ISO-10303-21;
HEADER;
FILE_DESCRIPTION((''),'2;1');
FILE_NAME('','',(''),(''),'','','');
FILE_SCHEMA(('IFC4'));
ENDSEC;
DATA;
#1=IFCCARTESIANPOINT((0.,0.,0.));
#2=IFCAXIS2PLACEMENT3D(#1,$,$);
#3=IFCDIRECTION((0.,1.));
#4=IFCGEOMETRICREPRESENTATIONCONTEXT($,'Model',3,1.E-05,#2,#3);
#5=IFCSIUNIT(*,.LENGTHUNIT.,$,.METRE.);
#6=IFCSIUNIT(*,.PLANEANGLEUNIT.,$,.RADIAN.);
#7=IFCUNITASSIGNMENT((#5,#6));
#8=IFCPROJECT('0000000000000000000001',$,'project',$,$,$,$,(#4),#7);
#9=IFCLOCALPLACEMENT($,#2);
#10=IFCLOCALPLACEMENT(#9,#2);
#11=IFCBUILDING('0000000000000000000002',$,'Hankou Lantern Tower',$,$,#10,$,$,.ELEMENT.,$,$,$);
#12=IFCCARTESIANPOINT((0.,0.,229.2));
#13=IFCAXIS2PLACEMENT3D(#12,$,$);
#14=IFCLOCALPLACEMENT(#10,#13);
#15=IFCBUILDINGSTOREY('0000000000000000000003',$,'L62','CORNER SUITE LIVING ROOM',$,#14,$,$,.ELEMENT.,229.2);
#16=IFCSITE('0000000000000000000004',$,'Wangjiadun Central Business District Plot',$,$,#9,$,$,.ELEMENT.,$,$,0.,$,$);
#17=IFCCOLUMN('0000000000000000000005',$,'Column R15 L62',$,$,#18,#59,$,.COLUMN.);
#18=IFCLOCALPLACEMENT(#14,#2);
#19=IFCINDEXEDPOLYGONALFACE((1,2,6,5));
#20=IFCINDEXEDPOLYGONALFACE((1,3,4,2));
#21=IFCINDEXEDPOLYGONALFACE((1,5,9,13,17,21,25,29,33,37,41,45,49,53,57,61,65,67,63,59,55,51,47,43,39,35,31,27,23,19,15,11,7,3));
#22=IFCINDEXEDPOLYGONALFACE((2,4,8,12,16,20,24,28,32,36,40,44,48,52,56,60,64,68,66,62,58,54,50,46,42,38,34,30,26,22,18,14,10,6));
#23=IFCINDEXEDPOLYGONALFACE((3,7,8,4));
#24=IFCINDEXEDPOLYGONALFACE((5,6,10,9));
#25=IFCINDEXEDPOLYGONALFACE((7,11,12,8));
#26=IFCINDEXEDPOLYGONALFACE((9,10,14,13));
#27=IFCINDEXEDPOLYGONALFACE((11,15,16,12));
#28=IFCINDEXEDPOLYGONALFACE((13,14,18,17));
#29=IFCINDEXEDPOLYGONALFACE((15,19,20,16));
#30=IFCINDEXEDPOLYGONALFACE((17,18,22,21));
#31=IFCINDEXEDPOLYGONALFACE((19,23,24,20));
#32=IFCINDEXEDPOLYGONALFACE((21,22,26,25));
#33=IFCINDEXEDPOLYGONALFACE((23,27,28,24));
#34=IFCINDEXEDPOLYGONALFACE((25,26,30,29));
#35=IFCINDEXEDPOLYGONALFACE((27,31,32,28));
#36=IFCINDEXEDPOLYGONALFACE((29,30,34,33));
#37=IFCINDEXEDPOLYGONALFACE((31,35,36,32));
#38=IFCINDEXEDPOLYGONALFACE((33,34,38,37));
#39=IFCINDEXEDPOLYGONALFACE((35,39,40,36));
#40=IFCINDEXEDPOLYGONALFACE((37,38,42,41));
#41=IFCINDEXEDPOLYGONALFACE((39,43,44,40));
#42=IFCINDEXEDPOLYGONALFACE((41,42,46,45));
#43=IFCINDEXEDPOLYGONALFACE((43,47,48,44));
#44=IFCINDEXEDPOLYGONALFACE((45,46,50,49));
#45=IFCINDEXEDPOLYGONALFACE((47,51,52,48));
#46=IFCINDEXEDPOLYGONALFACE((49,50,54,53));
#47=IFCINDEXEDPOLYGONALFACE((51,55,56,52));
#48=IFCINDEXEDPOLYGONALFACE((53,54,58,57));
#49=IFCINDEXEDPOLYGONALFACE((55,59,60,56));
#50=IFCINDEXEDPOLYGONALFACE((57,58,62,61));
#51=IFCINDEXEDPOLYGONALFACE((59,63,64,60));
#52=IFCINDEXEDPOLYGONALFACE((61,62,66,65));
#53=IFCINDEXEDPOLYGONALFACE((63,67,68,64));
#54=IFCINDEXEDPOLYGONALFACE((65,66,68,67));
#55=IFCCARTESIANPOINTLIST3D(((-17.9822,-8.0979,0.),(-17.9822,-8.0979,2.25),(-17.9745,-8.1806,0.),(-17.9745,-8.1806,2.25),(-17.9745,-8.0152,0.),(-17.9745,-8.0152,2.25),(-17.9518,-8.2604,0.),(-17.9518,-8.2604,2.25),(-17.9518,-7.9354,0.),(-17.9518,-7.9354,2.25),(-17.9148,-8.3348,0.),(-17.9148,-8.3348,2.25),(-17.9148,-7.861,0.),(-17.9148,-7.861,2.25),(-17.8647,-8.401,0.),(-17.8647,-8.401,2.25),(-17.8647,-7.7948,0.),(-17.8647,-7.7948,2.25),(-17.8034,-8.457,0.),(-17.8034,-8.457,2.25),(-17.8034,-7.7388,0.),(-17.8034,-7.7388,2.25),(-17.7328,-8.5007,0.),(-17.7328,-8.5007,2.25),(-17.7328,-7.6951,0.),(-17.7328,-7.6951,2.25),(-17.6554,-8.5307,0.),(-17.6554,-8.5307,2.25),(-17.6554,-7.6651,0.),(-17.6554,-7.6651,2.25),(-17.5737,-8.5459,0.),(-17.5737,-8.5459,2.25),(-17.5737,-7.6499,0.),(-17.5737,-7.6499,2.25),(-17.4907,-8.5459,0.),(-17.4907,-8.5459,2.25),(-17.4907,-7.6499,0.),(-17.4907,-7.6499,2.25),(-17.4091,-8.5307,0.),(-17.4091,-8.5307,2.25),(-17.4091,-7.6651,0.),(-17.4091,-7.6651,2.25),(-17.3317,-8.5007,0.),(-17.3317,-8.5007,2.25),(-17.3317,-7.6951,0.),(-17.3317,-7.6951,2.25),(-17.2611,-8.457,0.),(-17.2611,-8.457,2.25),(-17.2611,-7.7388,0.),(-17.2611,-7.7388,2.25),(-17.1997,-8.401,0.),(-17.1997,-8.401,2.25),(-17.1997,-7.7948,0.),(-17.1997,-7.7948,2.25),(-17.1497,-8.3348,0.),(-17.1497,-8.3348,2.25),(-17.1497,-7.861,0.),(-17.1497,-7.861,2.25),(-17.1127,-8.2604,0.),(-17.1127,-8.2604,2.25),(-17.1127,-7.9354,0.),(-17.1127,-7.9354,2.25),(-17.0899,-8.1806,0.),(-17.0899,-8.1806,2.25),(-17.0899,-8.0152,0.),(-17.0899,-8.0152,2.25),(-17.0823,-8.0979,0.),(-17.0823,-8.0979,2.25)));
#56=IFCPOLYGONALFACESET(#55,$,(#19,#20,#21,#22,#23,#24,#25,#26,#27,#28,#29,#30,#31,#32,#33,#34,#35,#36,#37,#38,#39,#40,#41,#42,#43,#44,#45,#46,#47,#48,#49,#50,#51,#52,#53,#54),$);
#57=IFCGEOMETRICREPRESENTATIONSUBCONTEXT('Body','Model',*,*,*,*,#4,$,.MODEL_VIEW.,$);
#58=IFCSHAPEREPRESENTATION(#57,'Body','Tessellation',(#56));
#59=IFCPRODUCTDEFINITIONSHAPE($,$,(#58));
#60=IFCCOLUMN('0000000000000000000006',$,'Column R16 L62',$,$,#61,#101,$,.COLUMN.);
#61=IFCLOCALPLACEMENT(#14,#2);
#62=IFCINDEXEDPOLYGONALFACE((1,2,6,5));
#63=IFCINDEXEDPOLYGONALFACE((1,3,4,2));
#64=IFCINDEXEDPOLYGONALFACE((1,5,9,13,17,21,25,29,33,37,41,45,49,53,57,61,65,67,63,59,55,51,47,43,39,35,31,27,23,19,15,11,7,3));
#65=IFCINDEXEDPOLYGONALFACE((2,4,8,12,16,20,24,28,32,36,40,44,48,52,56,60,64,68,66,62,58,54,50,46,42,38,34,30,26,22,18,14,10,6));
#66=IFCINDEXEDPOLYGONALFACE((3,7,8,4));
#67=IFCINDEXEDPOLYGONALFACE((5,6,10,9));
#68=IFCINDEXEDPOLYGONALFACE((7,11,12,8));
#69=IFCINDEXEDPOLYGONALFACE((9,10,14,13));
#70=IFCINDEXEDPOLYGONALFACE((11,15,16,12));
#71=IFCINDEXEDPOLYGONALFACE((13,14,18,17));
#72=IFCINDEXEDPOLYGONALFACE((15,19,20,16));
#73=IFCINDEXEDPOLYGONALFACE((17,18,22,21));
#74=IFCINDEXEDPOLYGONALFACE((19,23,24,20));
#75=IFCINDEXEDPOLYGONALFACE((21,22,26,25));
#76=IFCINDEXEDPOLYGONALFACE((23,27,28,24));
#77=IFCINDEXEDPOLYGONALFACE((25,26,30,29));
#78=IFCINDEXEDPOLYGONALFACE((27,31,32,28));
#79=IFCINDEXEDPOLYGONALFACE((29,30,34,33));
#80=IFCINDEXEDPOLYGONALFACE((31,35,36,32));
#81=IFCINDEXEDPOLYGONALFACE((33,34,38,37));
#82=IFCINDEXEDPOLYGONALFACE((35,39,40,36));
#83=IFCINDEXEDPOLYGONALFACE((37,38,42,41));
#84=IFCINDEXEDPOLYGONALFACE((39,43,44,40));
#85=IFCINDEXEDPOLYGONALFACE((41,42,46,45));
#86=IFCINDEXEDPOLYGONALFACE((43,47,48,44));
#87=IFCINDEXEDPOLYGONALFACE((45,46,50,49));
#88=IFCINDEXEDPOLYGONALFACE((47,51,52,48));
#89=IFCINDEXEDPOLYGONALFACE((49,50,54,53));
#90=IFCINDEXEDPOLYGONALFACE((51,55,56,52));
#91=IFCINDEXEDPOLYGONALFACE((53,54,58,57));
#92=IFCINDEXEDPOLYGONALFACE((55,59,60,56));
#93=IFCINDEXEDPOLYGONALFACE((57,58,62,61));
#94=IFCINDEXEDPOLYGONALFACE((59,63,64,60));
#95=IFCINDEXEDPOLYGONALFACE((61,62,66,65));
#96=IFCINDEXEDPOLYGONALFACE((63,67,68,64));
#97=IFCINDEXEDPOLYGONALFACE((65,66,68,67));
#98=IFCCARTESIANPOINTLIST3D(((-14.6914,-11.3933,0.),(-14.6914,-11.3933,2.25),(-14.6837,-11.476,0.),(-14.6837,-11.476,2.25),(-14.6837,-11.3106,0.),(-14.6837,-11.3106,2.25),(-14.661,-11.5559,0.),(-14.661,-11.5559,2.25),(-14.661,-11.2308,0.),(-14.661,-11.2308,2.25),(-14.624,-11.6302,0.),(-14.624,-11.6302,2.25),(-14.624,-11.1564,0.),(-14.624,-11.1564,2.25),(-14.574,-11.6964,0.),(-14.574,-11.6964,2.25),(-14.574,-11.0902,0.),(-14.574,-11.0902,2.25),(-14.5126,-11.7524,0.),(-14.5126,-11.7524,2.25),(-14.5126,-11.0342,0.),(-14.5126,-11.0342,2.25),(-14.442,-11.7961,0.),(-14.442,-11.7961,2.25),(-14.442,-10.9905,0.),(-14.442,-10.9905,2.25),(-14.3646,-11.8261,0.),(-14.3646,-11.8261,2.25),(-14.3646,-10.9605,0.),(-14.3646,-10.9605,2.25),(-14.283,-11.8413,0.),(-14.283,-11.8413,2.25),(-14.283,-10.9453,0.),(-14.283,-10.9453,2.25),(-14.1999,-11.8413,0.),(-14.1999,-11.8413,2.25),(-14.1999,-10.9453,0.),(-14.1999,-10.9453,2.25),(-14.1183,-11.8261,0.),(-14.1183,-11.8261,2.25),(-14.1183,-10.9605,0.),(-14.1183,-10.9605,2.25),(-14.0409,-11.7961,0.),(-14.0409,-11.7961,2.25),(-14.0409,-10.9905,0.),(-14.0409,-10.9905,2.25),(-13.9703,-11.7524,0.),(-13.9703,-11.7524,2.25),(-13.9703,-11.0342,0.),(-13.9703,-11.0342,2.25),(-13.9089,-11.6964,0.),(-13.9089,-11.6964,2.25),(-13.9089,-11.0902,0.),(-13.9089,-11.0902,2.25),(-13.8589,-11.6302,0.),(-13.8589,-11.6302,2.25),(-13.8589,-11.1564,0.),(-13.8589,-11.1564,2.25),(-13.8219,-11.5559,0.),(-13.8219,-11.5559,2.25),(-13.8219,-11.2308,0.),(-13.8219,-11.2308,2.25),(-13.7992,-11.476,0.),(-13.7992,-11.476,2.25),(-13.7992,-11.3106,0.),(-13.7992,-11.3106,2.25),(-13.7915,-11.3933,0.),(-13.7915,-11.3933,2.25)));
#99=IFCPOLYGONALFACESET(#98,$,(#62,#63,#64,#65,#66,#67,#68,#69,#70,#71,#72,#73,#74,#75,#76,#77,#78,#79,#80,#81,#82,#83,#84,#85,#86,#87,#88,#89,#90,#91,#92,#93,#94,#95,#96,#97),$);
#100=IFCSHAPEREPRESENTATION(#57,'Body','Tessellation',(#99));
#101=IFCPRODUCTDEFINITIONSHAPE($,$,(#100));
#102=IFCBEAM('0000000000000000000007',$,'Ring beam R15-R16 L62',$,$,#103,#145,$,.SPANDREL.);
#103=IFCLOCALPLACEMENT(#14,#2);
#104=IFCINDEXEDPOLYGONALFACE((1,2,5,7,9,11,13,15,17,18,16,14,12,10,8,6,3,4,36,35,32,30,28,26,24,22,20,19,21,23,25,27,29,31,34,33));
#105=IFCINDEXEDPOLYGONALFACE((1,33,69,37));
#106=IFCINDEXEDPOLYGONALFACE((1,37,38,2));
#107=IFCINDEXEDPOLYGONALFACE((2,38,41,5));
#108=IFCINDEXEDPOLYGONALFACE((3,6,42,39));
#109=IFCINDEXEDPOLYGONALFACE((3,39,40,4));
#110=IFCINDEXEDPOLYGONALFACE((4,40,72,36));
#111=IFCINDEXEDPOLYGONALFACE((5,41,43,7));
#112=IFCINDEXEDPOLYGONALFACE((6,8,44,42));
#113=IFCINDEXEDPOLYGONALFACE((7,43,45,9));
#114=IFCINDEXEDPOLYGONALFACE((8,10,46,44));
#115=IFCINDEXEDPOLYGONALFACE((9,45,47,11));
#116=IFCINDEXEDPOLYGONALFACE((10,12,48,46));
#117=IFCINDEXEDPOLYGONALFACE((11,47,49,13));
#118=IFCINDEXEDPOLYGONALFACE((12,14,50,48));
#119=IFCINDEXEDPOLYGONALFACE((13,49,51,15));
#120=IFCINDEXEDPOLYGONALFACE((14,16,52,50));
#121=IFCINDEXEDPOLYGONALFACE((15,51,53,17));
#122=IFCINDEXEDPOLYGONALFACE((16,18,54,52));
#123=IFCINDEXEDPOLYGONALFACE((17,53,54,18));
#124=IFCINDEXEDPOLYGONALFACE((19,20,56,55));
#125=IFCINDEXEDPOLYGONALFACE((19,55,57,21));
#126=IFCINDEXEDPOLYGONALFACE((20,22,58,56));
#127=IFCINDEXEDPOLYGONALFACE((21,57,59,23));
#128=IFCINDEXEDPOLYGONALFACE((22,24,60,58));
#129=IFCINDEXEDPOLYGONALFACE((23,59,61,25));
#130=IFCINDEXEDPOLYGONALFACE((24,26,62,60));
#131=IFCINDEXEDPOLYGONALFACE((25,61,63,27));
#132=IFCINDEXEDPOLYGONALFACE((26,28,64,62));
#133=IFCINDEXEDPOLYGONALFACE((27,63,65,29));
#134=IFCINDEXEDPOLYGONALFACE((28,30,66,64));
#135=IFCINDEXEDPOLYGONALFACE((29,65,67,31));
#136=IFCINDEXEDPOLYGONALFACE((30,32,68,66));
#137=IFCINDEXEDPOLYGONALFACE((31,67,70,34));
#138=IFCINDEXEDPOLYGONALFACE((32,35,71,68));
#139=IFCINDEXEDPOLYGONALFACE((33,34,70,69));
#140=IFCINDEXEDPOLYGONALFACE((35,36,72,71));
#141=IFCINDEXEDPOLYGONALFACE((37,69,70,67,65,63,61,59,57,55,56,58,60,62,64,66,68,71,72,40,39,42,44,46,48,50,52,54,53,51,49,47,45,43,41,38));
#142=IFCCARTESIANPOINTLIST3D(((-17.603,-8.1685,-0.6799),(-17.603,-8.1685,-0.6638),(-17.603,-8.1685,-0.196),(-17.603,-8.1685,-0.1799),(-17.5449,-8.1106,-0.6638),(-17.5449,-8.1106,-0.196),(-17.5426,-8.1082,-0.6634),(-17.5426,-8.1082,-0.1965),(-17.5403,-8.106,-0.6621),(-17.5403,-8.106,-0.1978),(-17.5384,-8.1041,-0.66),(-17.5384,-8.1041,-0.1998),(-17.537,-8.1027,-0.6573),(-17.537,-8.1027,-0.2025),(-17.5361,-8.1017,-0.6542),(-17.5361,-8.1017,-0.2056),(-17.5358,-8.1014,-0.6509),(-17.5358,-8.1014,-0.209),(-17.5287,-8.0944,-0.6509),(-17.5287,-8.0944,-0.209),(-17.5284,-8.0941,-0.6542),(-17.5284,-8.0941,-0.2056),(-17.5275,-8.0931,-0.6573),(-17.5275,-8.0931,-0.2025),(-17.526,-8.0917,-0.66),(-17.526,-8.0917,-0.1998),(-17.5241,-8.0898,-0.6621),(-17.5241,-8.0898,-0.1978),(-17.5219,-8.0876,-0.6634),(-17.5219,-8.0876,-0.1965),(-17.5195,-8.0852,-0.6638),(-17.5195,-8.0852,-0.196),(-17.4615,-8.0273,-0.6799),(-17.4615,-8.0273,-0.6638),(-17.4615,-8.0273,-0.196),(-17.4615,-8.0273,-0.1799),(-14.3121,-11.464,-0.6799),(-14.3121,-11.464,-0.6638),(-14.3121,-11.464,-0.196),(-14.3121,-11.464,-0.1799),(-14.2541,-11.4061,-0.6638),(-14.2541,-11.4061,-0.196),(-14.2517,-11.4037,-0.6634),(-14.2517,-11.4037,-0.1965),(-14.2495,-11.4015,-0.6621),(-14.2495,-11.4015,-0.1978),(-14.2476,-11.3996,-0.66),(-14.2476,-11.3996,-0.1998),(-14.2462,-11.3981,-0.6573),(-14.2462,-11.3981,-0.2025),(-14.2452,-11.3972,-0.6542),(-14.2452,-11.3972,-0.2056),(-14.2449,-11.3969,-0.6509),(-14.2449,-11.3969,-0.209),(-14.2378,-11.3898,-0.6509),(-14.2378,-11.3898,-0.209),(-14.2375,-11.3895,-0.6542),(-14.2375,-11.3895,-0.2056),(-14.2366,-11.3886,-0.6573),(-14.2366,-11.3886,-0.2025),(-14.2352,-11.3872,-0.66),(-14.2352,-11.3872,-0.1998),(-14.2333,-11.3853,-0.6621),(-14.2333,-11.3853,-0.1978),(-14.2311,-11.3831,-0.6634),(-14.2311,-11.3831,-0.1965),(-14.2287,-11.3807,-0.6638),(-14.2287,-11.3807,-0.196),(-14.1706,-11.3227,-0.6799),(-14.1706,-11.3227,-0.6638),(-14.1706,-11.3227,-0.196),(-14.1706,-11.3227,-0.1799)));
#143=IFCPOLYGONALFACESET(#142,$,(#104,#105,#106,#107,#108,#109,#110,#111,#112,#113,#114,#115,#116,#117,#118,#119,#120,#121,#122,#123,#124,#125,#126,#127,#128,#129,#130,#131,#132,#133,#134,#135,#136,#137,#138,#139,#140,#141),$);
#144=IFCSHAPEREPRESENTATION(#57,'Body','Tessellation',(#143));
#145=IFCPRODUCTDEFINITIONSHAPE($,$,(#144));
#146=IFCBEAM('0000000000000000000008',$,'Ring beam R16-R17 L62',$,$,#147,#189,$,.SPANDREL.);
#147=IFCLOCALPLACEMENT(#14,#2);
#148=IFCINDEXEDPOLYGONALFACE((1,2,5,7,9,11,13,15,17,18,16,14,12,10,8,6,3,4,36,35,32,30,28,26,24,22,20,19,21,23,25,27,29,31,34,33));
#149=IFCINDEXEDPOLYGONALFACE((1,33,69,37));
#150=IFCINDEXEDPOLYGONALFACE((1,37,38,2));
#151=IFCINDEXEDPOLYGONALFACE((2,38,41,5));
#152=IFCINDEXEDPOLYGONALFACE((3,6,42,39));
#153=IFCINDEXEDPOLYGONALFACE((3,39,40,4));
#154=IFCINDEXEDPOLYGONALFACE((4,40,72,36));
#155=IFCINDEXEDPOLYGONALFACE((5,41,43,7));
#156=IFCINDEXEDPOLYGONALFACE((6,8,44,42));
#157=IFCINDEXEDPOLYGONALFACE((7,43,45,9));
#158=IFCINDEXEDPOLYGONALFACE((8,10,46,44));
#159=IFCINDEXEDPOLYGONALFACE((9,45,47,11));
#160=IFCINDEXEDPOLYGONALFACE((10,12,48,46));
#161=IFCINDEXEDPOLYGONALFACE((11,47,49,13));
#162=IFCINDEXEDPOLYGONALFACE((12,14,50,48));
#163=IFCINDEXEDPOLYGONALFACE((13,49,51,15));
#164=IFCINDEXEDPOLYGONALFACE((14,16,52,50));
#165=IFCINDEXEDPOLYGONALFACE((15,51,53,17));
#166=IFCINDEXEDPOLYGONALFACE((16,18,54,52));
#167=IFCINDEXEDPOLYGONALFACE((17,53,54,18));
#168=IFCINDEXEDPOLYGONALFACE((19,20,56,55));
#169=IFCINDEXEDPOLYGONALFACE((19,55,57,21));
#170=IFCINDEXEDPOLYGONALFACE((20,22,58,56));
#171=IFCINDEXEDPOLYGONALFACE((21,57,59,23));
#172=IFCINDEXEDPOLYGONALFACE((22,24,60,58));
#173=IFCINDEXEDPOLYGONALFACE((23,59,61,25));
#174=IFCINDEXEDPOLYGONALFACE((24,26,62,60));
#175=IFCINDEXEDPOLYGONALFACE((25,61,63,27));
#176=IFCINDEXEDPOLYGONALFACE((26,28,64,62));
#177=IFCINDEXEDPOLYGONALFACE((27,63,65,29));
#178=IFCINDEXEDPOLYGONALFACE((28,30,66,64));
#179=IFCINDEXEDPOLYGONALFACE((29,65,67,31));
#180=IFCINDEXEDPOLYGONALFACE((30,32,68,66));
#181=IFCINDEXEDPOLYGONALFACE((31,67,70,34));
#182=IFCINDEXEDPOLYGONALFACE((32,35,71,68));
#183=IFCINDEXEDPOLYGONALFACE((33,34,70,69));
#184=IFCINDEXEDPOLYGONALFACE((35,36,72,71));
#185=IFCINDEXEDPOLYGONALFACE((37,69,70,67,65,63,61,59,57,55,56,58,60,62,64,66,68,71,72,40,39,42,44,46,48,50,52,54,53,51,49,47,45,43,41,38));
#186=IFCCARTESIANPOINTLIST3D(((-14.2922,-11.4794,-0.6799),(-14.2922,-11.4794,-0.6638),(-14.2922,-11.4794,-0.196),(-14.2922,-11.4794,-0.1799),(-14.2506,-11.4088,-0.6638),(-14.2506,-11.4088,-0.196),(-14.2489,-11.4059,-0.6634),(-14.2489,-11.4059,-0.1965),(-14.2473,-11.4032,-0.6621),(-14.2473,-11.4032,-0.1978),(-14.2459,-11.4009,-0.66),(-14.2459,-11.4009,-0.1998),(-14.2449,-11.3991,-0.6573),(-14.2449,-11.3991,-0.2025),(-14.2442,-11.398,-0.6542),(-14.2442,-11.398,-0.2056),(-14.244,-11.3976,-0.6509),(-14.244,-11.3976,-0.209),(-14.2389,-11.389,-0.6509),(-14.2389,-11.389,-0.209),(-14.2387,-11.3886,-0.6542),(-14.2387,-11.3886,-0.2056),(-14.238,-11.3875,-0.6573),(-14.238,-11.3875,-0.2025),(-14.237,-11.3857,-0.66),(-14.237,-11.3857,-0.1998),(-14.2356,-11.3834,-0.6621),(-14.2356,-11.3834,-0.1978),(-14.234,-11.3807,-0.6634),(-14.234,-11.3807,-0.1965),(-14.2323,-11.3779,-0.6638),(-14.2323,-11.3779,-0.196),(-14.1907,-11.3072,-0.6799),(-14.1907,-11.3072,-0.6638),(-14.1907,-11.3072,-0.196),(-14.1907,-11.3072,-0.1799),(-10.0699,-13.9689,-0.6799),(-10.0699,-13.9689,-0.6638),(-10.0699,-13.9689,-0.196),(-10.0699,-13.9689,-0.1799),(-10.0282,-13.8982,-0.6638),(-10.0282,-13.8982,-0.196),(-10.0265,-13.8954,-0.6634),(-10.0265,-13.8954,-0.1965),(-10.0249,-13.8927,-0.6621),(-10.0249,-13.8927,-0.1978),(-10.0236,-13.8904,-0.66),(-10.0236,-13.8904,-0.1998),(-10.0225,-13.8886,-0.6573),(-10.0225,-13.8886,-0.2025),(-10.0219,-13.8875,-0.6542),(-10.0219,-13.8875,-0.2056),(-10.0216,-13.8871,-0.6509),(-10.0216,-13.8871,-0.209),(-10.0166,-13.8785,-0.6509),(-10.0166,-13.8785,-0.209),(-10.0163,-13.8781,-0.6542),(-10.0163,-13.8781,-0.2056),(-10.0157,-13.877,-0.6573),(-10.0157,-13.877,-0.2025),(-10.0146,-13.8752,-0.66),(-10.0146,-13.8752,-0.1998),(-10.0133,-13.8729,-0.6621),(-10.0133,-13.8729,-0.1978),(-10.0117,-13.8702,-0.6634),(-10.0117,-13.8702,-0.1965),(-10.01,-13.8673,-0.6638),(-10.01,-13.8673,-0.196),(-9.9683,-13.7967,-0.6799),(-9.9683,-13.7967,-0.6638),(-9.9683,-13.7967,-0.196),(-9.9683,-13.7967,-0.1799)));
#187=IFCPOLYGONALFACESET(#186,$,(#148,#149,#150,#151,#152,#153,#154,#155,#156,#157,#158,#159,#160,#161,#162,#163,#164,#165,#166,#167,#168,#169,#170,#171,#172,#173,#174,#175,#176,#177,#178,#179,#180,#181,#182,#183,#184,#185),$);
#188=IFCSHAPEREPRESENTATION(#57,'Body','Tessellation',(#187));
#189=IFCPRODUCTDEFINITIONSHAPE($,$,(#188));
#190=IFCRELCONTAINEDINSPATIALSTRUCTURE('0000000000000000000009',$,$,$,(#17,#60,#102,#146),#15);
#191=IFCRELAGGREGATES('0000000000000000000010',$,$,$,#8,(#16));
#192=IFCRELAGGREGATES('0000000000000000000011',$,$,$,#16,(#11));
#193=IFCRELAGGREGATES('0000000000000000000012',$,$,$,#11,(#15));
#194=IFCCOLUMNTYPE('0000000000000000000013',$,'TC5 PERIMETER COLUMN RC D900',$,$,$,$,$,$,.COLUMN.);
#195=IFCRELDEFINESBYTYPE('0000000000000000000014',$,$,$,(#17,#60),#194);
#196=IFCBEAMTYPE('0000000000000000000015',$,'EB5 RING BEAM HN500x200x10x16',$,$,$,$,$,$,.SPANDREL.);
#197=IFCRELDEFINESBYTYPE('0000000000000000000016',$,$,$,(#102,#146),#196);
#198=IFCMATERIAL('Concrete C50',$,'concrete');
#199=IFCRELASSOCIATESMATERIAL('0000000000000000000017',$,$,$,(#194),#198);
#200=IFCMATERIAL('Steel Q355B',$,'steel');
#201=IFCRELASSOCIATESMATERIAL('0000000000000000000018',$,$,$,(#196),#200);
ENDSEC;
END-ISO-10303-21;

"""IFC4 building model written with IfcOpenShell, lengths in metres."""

from ifc_helpers import new_model, si_unit, direction, frame, origin, origin_2d, place, context, subcontext, project, spatial, circle, i_section, extrude, clip, halfspace, material, material_profile, profile_set, type_object, element, save


model = new_model("IFC4")

# Units and contexts
model_context = context("Model", 3, precision=1e-05, world=origin(), true_north=direction((0.0, 1.0)))
body_context = subcontext(model_context, "Body", "Model", "MODEL_VIEW")
ifc_project = project(units=[si_unit("LENGTHUNIT", "METRE"), si_unit("PLANEANGLEUNIT", "RADIAN")], contexts=[model_context])

# Site, building, storey
site_placement = place(None, origin())
site = spatial("IfcSite", under=ifc_project, at=site_placement, Name="Wangjiadun Central Business District Plot", CompositionType="ELEMENT", RefElevation=0.0)
building_placement = place(site_placement, origin())
building = spatial("IfcBuilding", under=site, at=building_placement, Name="Hankou Lantern Tower", CompositionType="ELEMENT")
storey_placement = place(building_placement, frame((0.0, 0.0, 229.2)))
storey = spatial("IfcBuildingStorey", under=building, at=storey_placement, Name="L62", Description="CORNER SUITE LIVING ROOM", CompositionType="ELEMENT", Elevation=229.2)

# Columns
ifc_material_1 = material(Name="Concrete C50", Category="concrete")
ifc_material_profile_1 = material_profile(ifc_material_1, circle(Radius=0.45, at=origin_2d()), Name="RC D900")
ifc_profile_set_1 = profile_set([ifc_material_profile_1], Name="Concrete C50")
column_type = type_object("IfcColumnType", Name="TC5 PERIMETER COLUMN RC D900", PredefinedType="COLUMN", material=ifc_profile_set_1)
for number, where, z_axis, x_axis, name in (
    (1, (-17.5322, -8.0979, 0.0), (0.0, 0.0, 1.0), (1.0, 0.0, 0.0), "Column R15 L62"),
    (2, (-14.2415, -11.3933, 0.0), (0.0, 0.0, 1.0), (1.0, 0.0, 0.0), "Column R16 L62"),
):
    element("IfcColumn", number, at=place(storey_placement, frame(where, z_axis=z_axis, x_axis=x_axis)), inside=storey, type_object=column_type, Name=name, PredefinedType="COLUMN", context=body_context, shape_type="Clipping", body=[
        clip(extrude(circle(Radius=0.45, at=origin_2d()), origin(), (0.0, 0.0, 1.0), 3.3), halfspace(frame((0.0, 0.0, 2.25), z_axis=(0.0, 0.0, 1.0), x_axis=(1.0, 0.0, 0.0)), False)),
    ])

# Beams
ifc_material_2 = material(Name="Steel Q355B", Category="steel")
ifc_material_profile_2 = material_profile(ifc_material_2, i_section(OverallWidth=0.2, OverallDepth=0.5, WebThickness=0.01, FlangeThickness=0.0161, FilletRadius=0.0129, at=origin_2d()), Name="HN500x200x10x16")
ifc_profile_set_2 = profile_set([ifc_material_profile_2], Name="Steel Q355B")
beam_type_1 = type_object("IfcBeamType", Name="EB5 RING BEAM HN500x200x10x16", PredefinedType="SPANDREL", material=ifc_profile_set_2)
beam_1_placement = place(storey_placement, frame((-17.5322, -8.0979, -0.4299), z_axis=(0.706609, -0.707605, 0.0), x_axis=(0.707605, 0.706609, 0.0)))
element("IfcBeam", 3, at=beam_1_placement, inside=storey, type_object=beam_type_1, Name="Ring beam R15-R16 L62", PredefinedType="SPANDREL", context=body_context, shape_type="SweptSolid", body=[
    extrude(i_section(OverallWidth=0.2, OverallDepth=0.5, WebThickness=0.01, FlangeThickness=0.0161, FilletRadius=0.0129, at=origin_2d()), origin(), (0.0, 0.0, 1.0), 4.6572),
])
beam_2_placement = place(storey_placement, frame((-14.2415, -11.3933, -0.4299), z_axis=(0.861423, -0.507888, 0.0), x_axis=(0.507888, 0.861423, 0.0)))
element("IfcBeam", 4, at=beam_2_placement, inside=storey, type_object=beam_type_1, Name="Ring beam R16-R17 L62", PredefinedType="SPANDREL", context=body_context, shape_type="SweptSolid", body=[
    extrude(i_section(OverallWidth=0.2, OverallDepth=0.5, WebThickness=0.01, FlangeThickness=0.0161, FilletRadius=0.0129, at=origin_2d()), origin(), (0.0, 0.0, 1.0), 4.9016),
])

save(model, "model.ifc")
